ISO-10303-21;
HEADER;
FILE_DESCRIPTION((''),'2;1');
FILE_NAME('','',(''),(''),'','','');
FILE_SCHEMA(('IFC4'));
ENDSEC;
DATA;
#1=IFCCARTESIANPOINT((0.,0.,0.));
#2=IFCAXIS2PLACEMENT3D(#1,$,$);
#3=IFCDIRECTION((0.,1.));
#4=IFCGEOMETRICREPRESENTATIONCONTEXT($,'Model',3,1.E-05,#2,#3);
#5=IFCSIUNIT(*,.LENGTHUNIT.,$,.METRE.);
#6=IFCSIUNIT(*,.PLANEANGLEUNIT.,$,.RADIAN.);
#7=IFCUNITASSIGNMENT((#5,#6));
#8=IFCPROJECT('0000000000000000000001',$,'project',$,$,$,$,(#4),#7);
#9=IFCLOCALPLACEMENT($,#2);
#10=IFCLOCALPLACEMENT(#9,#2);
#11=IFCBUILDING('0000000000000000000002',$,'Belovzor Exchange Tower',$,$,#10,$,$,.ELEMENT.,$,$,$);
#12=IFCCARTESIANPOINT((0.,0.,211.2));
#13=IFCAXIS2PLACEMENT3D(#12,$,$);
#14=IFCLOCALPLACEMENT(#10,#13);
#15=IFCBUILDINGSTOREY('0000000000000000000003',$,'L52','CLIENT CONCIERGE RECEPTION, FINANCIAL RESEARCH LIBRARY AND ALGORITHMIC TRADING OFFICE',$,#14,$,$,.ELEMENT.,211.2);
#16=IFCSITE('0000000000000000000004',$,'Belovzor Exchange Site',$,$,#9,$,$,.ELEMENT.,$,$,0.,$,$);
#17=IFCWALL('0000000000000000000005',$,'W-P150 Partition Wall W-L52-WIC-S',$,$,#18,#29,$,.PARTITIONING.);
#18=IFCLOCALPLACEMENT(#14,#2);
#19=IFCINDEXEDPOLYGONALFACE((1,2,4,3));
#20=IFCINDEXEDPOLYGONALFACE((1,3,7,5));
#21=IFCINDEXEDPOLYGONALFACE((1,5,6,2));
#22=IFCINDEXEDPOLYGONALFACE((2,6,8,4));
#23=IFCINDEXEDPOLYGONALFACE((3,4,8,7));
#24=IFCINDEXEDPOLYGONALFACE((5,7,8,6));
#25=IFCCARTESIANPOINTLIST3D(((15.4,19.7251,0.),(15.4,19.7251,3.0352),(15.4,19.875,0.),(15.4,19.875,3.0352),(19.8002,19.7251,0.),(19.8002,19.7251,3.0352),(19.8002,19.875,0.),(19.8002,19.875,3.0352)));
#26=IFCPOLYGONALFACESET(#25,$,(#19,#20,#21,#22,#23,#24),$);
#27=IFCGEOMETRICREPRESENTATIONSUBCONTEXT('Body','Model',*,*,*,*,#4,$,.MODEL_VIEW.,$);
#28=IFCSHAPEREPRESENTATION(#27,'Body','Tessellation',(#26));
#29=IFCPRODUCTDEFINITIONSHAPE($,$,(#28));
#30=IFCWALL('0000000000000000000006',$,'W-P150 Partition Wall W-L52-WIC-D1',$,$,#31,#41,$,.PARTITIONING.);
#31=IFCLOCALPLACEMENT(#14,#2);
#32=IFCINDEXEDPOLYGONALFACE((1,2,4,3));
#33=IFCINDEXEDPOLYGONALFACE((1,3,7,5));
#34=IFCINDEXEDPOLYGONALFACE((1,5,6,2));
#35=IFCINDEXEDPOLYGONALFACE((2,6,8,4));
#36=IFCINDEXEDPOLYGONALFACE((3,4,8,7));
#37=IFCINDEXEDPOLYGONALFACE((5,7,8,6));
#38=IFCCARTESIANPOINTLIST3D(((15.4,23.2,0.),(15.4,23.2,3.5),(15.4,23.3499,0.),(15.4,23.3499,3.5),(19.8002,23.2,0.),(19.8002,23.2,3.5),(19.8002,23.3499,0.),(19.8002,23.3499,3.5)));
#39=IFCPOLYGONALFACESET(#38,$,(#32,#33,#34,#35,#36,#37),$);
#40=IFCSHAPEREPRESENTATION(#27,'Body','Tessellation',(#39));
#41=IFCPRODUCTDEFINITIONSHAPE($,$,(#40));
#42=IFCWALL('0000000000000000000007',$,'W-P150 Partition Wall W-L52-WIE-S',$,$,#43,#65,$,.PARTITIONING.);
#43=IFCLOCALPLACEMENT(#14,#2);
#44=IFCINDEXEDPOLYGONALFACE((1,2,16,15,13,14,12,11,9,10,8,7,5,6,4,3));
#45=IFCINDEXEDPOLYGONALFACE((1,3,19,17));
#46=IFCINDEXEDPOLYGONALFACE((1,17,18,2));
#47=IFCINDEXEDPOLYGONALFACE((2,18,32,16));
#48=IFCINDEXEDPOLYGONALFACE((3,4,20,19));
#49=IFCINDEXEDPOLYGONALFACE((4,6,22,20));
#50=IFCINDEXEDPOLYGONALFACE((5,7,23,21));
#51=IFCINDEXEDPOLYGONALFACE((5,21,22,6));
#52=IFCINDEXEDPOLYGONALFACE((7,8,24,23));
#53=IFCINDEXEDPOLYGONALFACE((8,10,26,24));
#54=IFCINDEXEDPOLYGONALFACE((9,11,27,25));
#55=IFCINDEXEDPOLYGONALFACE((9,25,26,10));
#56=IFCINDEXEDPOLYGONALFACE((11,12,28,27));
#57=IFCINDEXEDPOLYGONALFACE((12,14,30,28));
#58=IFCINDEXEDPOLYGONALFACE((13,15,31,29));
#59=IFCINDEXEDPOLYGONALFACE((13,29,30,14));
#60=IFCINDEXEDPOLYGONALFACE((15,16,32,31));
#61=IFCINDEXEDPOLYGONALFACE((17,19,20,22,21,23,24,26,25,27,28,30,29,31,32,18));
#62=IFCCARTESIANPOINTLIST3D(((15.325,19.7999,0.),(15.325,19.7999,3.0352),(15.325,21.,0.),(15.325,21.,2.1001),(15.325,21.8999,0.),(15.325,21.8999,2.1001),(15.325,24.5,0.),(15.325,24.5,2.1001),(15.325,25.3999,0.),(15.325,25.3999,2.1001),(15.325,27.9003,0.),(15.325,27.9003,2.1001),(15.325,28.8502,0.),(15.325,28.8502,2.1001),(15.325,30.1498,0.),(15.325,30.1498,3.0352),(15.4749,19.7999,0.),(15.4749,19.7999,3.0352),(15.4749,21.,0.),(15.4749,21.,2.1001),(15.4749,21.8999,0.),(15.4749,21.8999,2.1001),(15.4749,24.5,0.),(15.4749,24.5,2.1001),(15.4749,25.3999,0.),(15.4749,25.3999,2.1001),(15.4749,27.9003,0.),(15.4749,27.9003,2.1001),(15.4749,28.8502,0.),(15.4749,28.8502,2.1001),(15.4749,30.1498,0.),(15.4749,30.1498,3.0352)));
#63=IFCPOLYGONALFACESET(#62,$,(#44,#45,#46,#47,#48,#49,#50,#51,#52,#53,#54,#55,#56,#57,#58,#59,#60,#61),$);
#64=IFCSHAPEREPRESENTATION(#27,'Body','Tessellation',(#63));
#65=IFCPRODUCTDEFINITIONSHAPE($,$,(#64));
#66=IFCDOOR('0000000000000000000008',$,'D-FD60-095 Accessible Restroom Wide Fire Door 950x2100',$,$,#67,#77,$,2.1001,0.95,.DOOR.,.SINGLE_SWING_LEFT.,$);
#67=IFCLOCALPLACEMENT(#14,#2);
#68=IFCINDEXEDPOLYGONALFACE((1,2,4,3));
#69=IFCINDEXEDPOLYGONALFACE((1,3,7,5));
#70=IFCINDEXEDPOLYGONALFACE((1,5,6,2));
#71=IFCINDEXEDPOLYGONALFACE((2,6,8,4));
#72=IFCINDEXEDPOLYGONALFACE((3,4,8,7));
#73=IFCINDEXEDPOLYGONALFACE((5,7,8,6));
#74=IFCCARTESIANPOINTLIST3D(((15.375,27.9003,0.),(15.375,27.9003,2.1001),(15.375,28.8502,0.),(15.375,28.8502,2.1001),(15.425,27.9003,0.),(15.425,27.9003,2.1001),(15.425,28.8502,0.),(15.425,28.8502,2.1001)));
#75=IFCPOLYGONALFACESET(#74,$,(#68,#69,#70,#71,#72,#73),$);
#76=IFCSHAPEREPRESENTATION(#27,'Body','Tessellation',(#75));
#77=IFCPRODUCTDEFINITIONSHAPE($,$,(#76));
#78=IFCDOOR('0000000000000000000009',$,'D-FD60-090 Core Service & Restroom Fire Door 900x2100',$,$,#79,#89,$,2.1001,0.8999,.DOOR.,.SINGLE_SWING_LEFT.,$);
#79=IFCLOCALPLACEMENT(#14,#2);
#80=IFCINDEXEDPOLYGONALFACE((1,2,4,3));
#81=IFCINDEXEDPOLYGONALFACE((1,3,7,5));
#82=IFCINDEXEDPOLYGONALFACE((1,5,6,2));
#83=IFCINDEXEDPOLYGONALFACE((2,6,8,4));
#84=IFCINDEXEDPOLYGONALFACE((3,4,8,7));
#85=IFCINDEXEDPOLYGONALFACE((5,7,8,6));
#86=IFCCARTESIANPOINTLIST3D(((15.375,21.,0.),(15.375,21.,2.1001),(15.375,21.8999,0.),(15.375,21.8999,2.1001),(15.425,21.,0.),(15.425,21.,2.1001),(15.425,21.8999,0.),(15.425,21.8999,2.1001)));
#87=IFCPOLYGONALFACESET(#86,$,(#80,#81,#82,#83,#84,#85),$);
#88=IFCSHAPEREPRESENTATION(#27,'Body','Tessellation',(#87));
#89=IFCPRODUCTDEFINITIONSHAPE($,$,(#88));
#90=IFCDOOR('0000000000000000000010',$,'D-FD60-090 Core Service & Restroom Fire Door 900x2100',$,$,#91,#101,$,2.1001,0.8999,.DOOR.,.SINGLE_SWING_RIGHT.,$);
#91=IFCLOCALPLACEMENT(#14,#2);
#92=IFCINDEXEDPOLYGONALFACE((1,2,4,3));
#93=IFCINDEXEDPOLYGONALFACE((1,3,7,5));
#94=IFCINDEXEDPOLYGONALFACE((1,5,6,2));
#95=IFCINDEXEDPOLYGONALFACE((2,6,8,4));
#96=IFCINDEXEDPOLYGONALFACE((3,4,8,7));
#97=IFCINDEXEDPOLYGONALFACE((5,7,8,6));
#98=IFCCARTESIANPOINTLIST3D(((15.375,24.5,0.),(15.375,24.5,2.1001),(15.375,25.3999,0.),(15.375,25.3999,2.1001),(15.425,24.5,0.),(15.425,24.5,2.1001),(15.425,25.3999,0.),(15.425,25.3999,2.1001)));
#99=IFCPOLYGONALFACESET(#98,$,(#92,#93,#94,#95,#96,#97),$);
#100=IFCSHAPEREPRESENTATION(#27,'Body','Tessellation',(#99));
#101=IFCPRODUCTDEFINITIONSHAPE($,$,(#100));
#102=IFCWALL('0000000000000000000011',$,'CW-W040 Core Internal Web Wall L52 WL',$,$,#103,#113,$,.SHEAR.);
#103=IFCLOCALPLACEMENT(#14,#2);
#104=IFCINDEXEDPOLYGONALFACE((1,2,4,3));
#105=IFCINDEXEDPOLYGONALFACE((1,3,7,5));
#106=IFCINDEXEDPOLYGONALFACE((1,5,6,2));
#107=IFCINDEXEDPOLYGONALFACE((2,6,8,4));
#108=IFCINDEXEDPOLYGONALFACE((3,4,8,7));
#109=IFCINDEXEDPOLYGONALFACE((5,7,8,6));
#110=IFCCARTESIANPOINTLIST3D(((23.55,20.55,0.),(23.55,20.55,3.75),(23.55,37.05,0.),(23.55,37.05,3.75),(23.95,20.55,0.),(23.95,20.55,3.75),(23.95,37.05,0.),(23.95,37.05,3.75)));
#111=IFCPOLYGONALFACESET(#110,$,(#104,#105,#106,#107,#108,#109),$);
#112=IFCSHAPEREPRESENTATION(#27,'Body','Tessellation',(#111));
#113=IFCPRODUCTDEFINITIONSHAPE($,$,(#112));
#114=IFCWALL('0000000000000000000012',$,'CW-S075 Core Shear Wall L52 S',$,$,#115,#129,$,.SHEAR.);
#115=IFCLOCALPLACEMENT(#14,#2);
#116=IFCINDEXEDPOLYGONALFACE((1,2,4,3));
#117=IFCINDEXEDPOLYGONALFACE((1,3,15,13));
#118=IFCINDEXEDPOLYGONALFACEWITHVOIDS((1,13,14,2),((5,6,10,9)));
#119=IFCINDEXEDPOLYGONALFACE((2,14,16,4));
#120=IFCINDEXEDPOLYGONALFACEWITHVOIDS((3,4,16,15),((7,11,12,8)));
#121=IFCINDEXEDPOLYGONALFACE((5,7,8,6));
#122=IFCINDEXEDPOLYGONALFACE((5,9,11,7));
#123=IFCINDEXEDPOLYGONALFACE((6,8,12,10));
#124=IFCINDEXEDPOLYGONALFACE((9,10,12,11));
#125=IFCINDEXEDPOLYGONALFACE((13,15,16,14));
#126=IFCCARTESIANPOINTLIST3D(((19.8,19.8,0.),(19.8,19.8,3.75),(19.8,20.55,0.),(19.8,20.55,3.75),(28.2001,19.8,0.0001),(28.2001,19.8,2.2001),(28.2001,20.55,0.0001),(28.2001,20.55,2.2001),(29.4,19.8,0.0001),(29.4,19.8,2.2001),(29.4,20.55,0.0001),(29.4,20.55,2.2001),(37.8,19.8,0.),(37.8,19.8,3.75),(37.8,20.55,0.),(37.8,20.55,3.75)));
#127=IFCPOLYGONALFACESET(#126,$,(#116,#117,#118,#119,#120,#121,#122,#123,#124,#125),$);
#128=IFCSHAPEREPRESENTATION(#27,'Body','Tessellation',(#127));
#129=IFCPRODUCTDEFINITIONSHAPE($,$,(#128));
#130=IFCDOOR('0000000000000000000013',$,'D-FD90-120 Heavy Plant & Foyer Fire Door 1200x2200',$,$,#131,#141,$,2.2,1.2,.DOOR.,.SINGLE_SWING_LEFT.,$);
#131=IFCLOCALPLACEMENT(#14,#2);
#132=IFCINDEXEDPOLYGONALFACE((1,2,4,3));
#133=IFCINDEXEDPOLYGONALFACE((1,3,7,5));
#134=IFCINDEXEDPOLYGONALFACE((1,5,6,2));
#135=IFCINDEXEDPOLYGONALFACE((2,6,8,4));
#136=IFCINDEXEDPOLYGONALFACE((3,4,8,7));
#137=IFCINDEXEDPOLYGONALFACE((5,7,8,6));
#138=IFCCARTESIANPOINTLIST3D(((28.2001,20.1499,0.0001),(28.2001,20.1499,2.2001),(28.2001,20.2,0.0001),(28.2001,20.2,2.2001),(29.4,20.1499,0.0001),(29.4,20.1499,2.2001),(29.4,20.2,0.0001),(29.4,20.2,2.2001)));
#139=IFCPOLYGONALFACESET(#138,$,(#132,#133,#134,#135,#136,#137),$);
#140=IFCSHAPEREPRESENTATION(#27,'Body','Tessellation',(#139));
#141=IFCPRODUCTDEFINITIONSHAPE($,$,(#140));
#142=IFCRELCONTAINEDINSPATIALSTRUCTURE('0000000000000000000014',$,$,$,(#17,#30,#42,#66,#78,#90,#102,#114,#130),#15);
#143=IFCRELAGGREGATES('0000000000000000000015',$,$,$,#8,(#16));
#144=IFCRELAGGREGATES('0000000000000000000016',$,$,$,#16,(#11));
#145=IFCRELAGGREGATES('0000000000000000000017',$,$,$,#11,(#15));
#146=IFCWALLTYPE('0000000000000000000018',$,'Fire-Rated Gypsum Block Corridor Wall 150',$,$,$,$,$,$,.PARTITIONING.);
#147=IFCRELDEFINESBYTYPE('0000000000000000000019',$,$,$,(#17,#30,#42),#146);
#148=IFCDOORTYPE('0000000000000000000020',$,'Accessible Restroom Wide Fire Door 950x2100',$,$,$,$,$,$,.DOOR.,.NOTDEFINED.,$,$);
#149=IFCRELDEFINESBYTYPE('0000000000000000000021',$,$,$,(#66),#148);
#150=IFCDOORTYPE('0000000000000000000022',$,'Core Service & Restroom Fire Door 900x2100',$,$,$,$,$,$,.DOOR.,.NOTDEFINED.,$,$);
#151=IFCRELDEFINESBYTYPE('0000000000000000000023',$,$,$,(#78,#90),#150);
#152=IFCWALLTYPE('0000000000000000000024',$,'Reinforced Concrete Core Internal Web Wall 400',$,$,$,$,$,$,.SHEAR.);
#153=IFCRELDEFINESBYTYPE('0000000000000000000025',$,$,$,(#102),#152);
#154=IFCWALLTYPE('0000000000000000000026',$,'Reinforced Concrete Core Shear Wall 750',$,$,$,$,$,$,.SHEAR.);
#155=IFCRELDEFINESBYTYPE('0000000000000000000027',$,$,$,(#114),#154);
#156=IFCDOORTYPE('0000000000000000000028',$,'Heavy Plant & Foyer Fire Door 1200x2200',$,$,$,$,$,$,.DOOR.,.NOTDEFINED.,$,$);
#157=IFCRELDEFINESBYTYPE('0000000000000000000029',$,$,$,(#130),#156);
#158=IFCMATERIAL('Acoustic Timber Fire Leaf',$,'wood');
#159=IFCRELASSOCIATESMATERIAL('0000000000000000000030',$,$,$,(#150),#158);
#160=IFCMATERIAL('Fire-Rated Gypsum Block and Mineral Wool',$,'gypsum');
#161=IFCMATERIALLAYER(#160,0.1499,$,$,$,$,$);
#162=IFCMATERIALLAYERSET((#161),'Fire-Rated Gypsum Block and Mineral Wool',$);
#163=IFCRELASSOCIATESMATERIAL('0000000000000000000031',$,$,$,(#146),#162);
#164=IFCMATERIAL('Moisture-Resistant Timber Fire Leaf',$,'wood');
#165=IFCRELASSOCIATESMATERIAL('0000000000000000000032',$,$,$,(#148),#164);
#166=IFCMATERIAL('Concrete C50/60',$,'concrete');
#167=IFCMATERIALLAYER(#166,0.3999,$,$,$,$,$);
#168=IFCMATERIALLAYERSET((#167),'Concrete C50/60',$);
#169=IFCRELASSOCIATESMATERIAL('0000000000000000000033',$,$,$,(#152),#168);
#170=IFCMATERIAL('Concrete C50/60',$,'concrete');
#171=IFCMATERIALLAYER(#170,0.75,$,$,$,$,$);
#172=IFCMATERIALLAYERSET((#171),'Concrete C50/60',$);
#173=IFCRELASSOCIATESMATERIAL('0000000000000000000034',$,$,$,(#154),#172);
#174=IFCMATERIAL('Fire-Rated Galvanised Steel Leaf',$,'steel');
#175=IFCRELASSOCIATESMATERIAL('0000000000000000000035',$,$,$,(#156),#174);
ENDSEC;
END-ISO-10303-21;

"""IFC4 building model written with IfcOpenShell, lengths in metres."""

from ifc_helpers import new_model, si_unit, direction, frame, frame_2d, origin, place, context, subcontext, project, spatial, rectangle, extrude, material, layer, layer_set, type_object, element, fill, save


model = new_model("IFC4")

# Units and contexts
model_context = context("Model", 3, precision=1e-05, world=origin(), true_north=direction((0.0, 1.0)))
body_context = subcontext(model_context, "Body", "Model", "MODEL_VIEW")
ifc_project = project(units=[si_unit("LENGTHUNIT", "METRE"), si_unit("PLANEANGLEUNIT", "RADIAN")], contexts=[model_context])

# Site, building, storey
site_placement = place(None, origin())
site = spatial("IfcSite", under=ifc_project, at=site_placement, Name="Belovzor Exchange Site", CompositionType="ELEMENT", RefElevation=0.0)
building_placement = place(site_placement, origin())
building = spatial("IfcBuilding", under=site, at=building_placement, Name="Belovzor Exchange Tower", CompositionType="ELEMENT")
storey_placement = place(building_placement, frame((0.0, 0.0, 211.2)))
storey = spatial("IfcBuildingStorey", under=building, at=storey_placement, Name="L52", Description="CLIENT CONCIERGE RECEPTION, FINANCIAL RESEARCH LIBRARY AND ALGORITHMIC TRADING OFFICE", CompositionType="ELEMENT", Elevation=211.2)

# Shared definitions
ifc_material_1 = material(Name="Acoustic Timber Fire Leaf", Category="wood")
door_type_1 = type_object("IfcDoorType", Name="Core Service & Restroom Fire Door 900x2100", OperationType="NOTDEFINED", PredefinedType="DOOR", material=ifc_material_1)

# Walls
ifc_material_2 = material(Name="Fire-Rated Gypsum Block and Mineral Wool", Category="gypsum")
ifc_layer_1 = layer(ifc_material_2, 0.1499)
ifc_layer_set_1 = layer_set([ifc_layer_1], Name="Fire-Rated Gypsum Block and Mineral Wool")
wall_type_1 = type_object("IfcWallType", Name="Fire-Rated Gypsum Block Corridor Wall 150", PredefinedType="PARTITIONING", material=ifc_layer_set_1)
wall_1_placement = place(storey_placement, frame((15.3999, 19.8, 0.0), z_axis=(0.0, 0.0, 1.0), x_axis=(1.0, 0.0, 0.0)))
element("IfcWall", 1, at=wall_1_placement, inside=storey, type_object=wall_type_1, Name="W-P150 Partition Wall W-L52-WIC-S", PredefinedType="PARTITIONING", context=body_context, shape_type="SweptSolid", body=[
    extrude(rectangle(XDim=4.4001, YDim=0.1499, at=frame_2d((2.2002, 0.0))), origin(), (0.0, 0.0, 1.0), 3.0352),
])
wall_2_placement = place(storey_placement, frame((15.3999, 23.2749, 0.0), z_axis=(0.0, 0.0, 1.0), x_axis=(1.0, 0.0, 0.0)))
element("IfcWall", 2, at=wall_2_placement, inside=storey, type_object=wall_type_1, Name="W-P150 Partition Wall W-L52-WIC-D1", PredefinedType="PARTITIONING", context=body_context, shape_type="SweptSolid", body=[
    extrude(rectangle(XDim=4.4001, YDim=0.1499, at=frame_2d((2.2002, 0.0))), origin(), (0.0, 0.0, 1.0), 3.5),
])

# Wall, openings, doors
wall_3_placement = place(storey_placement, frame((15.3999, 19.8, 0.0), z_axis=(0.0, 0.0, 1.0), x_axis=(0.0, 1.0, 0.0)))
wall_3 = element("IfcWall", 3, at=wall_3_placement, inside=storey, type_object=wall_type_1, Name="W-P150 Partition Wall W-L52-WIE-S", PredefinedType="PARTITIONING", context=body_context, shape_type="SweptSolid", body=[
    extrude(rectangle(XDim=10.3499, YDim=0.1499, at=frame_2d((5.1748, 0.0))), origin(), (0.0, 0.0, 1.0), 3.0352),
])
opening_1_placement = place(wall_3_placement, frame((1.2, 0.0, 0.0)))
opening_1 = element("IfcOpeningElement", 4, at=opening_1_placement, cuts=wall_3, PredefinedType="OPENING", context=body_context, shape_type="SweptSolid", body=[
    extrude(rectangle(XDim=0.8999, YDim=2.1001, at=frame_2d((0.45, 1.05))), frame((0.0, 0.085, 0.0), z_axis=(0.0, -1.0, 0.0), x_axis=(1.0, 0.0, 0.0)), (0.0, 0.0, 1.0), 0.1699),
])
opening_2_placement = place(wall_3_placement, frame((4.7, 0.0, 0.0)))
opening_2 = element("IfcOpeningElement", 5, at=opening_2_placement, cuts=wall_3, PredefinedType="OPENING", context=body_context, shape_type="SweptSolid", body=[
    extrude(rectangle(XDim=0.8999, YDim=2.1001, at=frame_2d((0.45, 1.05))), frame((0.0, 0.085, 0.0), z_axis=(0.0, -1.0, 0.0), x_axis=(1.0, 0.0, 0.0)), (0.0, 0.0, 1.0), 0.1699),
])
opening_3_placement = place(wall_3_placement, frame((8.1001, 0.0, 0.0)))
opening_3 = element("IfcOpeningElement", 6, at=opening_3_placement, cuts=wall_3, PredefinedType="OPENING", context=body_context, shape_type="SweptSolid", body=[
    extrude(rectangle(XDim=0.95, YDim=2.1001, at=frame_2d((0.4751, 1.05))), frame((0.0, 0.085, 0.0), z_axis=(0.0, -1.0, 0.0), x_axis=(1.0, 0.0, 0.0)), (0.0, 0.0, 1.0), 0.1699),
])
ifc_material_3 = material(Name="Moisture-Resistant Timber Fire Leaf", Category="wood")
door_type_2 = type_object("IfcDoorType", Name="Accessible Restroom Wide Fire Door 950x2100", OperationType="NOTDEFINED", PredefinedType="DOOR", material=ifc_material_3)
door_1_placement = place(opening_3_placement, origin())
door_1 = element("IfcDoor", 7, at=door_1_placement, inside=storey, type_object=door_type_2, Name="D-FD60-095 Accessible Restroom Wide Fire Door 950x2100", OperationType="SINGLE_SWING_LEFT", OverallHeight=2.1001, OverallWidth=0.95, PredefinedType="DOOR", context=body_context, shape_type="SweptSolid", body=[
    extrude(rectangle(XDim=0.95, YDim=2.1001, at=frame_2d((0.4751, 1.05))), frame((0.0, 0.0249, 0.0), z_axis=(0.0, -1.0, 0.0), x_axis=(1.0, 0.0, 0.0)), (0.0, 0.0, 1.0), 0.05),
])
fill(opening_3, door_1)
door_2_placement = place(opening_1_placement, origin())
door_2 = element("IfcDoor", 8, at=door_2_placement, inside=storey, type_object=door_type_1, Name="D-FD60-090 Core Service & Restroom Fire Door 900x2100", OperationType="SINGLE_SWING_LEFT", OverallHeight=2.1001, OverallWidth=0.8999, PredefinedType="DOOR", context=body_context, shape_type="SweptSolid", body=[
    extrude(rectangle(XDim=0.8999, YDim=2.1001, at=frame_2d((0.45, 1.05))), frame((0.0, 0.0249, 0.0), z_axis=(0.0, -1.0, 0.0), x_axis=(1.0, 0.0, 0.0)), (0.0, 0.0, 1.0), 0.05),
])
fill(opening_1, door_2)
door_3_placement = place(opening_2_placement, origin())
door_3 = element("IfcDoor", 9, at=door_3_placement, inside=storey, type_object=door_type_1, Name="D-FD60-090 Core Service & Restroom Fire Door 900x2100", OperationType="SINGLE_SWING_RIGHT", OverallHeight=2.1001, OverallWidth=0.8999, PredefinedType="DOOR", context=body_context, shape_type="SweptSolid", body=[
    extrude(rectangle(XDim=0.8999, YDim=2.1001, at=frame_2d((0.45, 1.05))), frame((0.0, 0.0249, 0.0), z_axis=(0.0, -1.0, 0.0), x_axis=(1.0, 0.0, 0.0)), (0.0, 0.0, 1.0), 0.05),
])
fill(opening_2, door_3)

# Wall
ifc_material_4 = material(Name="Concrete C50/60", Category="concrete")
ifc_layer_2 = layer(ifc_material_4, 0.3999)
ifc_layer_set_2 = layer_set([ifc_layer_2], Name="Concrete C50/60")
wall_type_2 = type_object("IfcWallType", Name="Reinforced Concrete Core Internal Web Wall 400", PredefinedType="SHEAR", material=ifc_layer_set_2)
wall_4_placement = place(storey_placement, frame((23.75, 20.55, 0.0), z_axis=(0.0, 0.0, 1.0), x_axis=(0.0, 1.0, 0.0)))
element("IfcWall", 10, at=wall_4_placement, inside=storey, type_object=wall_type_2, Name="CW-W040 Core Internal Web Wall L52 WL", PredefinedType="SHEAR", context=body_context, shape_type="SweptSolid", body=[
    extrude(rectangle(XDim=16.5, YDim=0.3999, at=frame_2d((8.25, 0.0))), origin(), (0.0, 0.0, 1.0), 3.75),
])

# Wall, opening, door
ifc_material_5 = material(Name="Concrete C50/60", Category="concrete")
ifc_layer_3 = layer(ifc_material_5, 0.75)
ifc_layer_set_3 = layer_set([ifc_layer_3], Name="Concrete C50/60")
wall_type_3 = type_object("IfcWallType", Name="Reinforced Concrete Core Shear Wall 750", PredefinedType="SHEAR", material=ifc_layer_set_3)
wall_5_placement = place(storey_placement, frame((19.8, 20.175, 0.0), z_axis=(0.0, 0.0, 1.0), x_axis=(1.0, 0.0, 0.0)))
wall_5 = element("IfcWall", 11, at=wall_5_placement, inside=storey, type_object=wall_type_3, Name="CW-S075 Core Shear Wall L52 S", PredefinedType="SHEAR", context=body_context, shape_type="SweptSolid", body=[
    extrude(rectangle(XDim=18.0, YDim=0.75, at=frame_2d((9.0, 0.0))), origin(), (0.0, 0.0, 1.0), 3.75),
])
opening_4_placement = place(wall_5_placement, frame((8.3999, 0.0, 0.0)))
opening_4 = element("IfcOpeningElement", 12, at=opening_4_placement, cuts=wall_5, PredefinedType="OPENING", context=body_context, shape_type="SweptSolid", body=[
    extrude(rectangle(XDim=1.2, YDim=2.2, at=frame_2d((0.6001, 1.1001))), frame((0.0, 0.385, 0.0), z_axis=(0.0, -1.0, 0.0), x_axis=(1.0, 0.0, 0.0)), (0.0, 0.0, 1.0), 0.77),
])
ifc_material_6 = material(Name="Fire-Rated Galvanised Steel Leaf", Category="steel")
door_type_3 = type_object("IfcDoorType", Name="Heavy Plant & Foyer Fire Door 1200x2200", OperationType="NOTDEFINED", PredefinedType="DOOR", material=ifc_material_6)
door_4_placement = place(opening_4_placement, origin())
door_4 = element("IfcDoor", 13, at=door_4_placement, inside=storey, type_object=door_type_3, Name="D-FD90-120 Heavy Plant & Foyer Fire Door 1200x2200", OperationType="SINGLE_SWING_LEFT", OverallHeight=2.2, OverallWidth=1.2, PredefinedType="DOOR", context=body_context, shape_type="SweptSolid", body=[
    extrude(rectangle(XDim=1.2, YDim=2.2, at=frame_2d((0.6001, 1.1001))), frame((0.0, 0.0249, 0.0), z_axis=(0.0, -1.0, 0.0), x_axis=(1.0, 0.0, 0.0)), (0.0, 0.0, 1.0), 0.05),
])
fill(opening_4, door_4)

save(model, "model.ifc")
